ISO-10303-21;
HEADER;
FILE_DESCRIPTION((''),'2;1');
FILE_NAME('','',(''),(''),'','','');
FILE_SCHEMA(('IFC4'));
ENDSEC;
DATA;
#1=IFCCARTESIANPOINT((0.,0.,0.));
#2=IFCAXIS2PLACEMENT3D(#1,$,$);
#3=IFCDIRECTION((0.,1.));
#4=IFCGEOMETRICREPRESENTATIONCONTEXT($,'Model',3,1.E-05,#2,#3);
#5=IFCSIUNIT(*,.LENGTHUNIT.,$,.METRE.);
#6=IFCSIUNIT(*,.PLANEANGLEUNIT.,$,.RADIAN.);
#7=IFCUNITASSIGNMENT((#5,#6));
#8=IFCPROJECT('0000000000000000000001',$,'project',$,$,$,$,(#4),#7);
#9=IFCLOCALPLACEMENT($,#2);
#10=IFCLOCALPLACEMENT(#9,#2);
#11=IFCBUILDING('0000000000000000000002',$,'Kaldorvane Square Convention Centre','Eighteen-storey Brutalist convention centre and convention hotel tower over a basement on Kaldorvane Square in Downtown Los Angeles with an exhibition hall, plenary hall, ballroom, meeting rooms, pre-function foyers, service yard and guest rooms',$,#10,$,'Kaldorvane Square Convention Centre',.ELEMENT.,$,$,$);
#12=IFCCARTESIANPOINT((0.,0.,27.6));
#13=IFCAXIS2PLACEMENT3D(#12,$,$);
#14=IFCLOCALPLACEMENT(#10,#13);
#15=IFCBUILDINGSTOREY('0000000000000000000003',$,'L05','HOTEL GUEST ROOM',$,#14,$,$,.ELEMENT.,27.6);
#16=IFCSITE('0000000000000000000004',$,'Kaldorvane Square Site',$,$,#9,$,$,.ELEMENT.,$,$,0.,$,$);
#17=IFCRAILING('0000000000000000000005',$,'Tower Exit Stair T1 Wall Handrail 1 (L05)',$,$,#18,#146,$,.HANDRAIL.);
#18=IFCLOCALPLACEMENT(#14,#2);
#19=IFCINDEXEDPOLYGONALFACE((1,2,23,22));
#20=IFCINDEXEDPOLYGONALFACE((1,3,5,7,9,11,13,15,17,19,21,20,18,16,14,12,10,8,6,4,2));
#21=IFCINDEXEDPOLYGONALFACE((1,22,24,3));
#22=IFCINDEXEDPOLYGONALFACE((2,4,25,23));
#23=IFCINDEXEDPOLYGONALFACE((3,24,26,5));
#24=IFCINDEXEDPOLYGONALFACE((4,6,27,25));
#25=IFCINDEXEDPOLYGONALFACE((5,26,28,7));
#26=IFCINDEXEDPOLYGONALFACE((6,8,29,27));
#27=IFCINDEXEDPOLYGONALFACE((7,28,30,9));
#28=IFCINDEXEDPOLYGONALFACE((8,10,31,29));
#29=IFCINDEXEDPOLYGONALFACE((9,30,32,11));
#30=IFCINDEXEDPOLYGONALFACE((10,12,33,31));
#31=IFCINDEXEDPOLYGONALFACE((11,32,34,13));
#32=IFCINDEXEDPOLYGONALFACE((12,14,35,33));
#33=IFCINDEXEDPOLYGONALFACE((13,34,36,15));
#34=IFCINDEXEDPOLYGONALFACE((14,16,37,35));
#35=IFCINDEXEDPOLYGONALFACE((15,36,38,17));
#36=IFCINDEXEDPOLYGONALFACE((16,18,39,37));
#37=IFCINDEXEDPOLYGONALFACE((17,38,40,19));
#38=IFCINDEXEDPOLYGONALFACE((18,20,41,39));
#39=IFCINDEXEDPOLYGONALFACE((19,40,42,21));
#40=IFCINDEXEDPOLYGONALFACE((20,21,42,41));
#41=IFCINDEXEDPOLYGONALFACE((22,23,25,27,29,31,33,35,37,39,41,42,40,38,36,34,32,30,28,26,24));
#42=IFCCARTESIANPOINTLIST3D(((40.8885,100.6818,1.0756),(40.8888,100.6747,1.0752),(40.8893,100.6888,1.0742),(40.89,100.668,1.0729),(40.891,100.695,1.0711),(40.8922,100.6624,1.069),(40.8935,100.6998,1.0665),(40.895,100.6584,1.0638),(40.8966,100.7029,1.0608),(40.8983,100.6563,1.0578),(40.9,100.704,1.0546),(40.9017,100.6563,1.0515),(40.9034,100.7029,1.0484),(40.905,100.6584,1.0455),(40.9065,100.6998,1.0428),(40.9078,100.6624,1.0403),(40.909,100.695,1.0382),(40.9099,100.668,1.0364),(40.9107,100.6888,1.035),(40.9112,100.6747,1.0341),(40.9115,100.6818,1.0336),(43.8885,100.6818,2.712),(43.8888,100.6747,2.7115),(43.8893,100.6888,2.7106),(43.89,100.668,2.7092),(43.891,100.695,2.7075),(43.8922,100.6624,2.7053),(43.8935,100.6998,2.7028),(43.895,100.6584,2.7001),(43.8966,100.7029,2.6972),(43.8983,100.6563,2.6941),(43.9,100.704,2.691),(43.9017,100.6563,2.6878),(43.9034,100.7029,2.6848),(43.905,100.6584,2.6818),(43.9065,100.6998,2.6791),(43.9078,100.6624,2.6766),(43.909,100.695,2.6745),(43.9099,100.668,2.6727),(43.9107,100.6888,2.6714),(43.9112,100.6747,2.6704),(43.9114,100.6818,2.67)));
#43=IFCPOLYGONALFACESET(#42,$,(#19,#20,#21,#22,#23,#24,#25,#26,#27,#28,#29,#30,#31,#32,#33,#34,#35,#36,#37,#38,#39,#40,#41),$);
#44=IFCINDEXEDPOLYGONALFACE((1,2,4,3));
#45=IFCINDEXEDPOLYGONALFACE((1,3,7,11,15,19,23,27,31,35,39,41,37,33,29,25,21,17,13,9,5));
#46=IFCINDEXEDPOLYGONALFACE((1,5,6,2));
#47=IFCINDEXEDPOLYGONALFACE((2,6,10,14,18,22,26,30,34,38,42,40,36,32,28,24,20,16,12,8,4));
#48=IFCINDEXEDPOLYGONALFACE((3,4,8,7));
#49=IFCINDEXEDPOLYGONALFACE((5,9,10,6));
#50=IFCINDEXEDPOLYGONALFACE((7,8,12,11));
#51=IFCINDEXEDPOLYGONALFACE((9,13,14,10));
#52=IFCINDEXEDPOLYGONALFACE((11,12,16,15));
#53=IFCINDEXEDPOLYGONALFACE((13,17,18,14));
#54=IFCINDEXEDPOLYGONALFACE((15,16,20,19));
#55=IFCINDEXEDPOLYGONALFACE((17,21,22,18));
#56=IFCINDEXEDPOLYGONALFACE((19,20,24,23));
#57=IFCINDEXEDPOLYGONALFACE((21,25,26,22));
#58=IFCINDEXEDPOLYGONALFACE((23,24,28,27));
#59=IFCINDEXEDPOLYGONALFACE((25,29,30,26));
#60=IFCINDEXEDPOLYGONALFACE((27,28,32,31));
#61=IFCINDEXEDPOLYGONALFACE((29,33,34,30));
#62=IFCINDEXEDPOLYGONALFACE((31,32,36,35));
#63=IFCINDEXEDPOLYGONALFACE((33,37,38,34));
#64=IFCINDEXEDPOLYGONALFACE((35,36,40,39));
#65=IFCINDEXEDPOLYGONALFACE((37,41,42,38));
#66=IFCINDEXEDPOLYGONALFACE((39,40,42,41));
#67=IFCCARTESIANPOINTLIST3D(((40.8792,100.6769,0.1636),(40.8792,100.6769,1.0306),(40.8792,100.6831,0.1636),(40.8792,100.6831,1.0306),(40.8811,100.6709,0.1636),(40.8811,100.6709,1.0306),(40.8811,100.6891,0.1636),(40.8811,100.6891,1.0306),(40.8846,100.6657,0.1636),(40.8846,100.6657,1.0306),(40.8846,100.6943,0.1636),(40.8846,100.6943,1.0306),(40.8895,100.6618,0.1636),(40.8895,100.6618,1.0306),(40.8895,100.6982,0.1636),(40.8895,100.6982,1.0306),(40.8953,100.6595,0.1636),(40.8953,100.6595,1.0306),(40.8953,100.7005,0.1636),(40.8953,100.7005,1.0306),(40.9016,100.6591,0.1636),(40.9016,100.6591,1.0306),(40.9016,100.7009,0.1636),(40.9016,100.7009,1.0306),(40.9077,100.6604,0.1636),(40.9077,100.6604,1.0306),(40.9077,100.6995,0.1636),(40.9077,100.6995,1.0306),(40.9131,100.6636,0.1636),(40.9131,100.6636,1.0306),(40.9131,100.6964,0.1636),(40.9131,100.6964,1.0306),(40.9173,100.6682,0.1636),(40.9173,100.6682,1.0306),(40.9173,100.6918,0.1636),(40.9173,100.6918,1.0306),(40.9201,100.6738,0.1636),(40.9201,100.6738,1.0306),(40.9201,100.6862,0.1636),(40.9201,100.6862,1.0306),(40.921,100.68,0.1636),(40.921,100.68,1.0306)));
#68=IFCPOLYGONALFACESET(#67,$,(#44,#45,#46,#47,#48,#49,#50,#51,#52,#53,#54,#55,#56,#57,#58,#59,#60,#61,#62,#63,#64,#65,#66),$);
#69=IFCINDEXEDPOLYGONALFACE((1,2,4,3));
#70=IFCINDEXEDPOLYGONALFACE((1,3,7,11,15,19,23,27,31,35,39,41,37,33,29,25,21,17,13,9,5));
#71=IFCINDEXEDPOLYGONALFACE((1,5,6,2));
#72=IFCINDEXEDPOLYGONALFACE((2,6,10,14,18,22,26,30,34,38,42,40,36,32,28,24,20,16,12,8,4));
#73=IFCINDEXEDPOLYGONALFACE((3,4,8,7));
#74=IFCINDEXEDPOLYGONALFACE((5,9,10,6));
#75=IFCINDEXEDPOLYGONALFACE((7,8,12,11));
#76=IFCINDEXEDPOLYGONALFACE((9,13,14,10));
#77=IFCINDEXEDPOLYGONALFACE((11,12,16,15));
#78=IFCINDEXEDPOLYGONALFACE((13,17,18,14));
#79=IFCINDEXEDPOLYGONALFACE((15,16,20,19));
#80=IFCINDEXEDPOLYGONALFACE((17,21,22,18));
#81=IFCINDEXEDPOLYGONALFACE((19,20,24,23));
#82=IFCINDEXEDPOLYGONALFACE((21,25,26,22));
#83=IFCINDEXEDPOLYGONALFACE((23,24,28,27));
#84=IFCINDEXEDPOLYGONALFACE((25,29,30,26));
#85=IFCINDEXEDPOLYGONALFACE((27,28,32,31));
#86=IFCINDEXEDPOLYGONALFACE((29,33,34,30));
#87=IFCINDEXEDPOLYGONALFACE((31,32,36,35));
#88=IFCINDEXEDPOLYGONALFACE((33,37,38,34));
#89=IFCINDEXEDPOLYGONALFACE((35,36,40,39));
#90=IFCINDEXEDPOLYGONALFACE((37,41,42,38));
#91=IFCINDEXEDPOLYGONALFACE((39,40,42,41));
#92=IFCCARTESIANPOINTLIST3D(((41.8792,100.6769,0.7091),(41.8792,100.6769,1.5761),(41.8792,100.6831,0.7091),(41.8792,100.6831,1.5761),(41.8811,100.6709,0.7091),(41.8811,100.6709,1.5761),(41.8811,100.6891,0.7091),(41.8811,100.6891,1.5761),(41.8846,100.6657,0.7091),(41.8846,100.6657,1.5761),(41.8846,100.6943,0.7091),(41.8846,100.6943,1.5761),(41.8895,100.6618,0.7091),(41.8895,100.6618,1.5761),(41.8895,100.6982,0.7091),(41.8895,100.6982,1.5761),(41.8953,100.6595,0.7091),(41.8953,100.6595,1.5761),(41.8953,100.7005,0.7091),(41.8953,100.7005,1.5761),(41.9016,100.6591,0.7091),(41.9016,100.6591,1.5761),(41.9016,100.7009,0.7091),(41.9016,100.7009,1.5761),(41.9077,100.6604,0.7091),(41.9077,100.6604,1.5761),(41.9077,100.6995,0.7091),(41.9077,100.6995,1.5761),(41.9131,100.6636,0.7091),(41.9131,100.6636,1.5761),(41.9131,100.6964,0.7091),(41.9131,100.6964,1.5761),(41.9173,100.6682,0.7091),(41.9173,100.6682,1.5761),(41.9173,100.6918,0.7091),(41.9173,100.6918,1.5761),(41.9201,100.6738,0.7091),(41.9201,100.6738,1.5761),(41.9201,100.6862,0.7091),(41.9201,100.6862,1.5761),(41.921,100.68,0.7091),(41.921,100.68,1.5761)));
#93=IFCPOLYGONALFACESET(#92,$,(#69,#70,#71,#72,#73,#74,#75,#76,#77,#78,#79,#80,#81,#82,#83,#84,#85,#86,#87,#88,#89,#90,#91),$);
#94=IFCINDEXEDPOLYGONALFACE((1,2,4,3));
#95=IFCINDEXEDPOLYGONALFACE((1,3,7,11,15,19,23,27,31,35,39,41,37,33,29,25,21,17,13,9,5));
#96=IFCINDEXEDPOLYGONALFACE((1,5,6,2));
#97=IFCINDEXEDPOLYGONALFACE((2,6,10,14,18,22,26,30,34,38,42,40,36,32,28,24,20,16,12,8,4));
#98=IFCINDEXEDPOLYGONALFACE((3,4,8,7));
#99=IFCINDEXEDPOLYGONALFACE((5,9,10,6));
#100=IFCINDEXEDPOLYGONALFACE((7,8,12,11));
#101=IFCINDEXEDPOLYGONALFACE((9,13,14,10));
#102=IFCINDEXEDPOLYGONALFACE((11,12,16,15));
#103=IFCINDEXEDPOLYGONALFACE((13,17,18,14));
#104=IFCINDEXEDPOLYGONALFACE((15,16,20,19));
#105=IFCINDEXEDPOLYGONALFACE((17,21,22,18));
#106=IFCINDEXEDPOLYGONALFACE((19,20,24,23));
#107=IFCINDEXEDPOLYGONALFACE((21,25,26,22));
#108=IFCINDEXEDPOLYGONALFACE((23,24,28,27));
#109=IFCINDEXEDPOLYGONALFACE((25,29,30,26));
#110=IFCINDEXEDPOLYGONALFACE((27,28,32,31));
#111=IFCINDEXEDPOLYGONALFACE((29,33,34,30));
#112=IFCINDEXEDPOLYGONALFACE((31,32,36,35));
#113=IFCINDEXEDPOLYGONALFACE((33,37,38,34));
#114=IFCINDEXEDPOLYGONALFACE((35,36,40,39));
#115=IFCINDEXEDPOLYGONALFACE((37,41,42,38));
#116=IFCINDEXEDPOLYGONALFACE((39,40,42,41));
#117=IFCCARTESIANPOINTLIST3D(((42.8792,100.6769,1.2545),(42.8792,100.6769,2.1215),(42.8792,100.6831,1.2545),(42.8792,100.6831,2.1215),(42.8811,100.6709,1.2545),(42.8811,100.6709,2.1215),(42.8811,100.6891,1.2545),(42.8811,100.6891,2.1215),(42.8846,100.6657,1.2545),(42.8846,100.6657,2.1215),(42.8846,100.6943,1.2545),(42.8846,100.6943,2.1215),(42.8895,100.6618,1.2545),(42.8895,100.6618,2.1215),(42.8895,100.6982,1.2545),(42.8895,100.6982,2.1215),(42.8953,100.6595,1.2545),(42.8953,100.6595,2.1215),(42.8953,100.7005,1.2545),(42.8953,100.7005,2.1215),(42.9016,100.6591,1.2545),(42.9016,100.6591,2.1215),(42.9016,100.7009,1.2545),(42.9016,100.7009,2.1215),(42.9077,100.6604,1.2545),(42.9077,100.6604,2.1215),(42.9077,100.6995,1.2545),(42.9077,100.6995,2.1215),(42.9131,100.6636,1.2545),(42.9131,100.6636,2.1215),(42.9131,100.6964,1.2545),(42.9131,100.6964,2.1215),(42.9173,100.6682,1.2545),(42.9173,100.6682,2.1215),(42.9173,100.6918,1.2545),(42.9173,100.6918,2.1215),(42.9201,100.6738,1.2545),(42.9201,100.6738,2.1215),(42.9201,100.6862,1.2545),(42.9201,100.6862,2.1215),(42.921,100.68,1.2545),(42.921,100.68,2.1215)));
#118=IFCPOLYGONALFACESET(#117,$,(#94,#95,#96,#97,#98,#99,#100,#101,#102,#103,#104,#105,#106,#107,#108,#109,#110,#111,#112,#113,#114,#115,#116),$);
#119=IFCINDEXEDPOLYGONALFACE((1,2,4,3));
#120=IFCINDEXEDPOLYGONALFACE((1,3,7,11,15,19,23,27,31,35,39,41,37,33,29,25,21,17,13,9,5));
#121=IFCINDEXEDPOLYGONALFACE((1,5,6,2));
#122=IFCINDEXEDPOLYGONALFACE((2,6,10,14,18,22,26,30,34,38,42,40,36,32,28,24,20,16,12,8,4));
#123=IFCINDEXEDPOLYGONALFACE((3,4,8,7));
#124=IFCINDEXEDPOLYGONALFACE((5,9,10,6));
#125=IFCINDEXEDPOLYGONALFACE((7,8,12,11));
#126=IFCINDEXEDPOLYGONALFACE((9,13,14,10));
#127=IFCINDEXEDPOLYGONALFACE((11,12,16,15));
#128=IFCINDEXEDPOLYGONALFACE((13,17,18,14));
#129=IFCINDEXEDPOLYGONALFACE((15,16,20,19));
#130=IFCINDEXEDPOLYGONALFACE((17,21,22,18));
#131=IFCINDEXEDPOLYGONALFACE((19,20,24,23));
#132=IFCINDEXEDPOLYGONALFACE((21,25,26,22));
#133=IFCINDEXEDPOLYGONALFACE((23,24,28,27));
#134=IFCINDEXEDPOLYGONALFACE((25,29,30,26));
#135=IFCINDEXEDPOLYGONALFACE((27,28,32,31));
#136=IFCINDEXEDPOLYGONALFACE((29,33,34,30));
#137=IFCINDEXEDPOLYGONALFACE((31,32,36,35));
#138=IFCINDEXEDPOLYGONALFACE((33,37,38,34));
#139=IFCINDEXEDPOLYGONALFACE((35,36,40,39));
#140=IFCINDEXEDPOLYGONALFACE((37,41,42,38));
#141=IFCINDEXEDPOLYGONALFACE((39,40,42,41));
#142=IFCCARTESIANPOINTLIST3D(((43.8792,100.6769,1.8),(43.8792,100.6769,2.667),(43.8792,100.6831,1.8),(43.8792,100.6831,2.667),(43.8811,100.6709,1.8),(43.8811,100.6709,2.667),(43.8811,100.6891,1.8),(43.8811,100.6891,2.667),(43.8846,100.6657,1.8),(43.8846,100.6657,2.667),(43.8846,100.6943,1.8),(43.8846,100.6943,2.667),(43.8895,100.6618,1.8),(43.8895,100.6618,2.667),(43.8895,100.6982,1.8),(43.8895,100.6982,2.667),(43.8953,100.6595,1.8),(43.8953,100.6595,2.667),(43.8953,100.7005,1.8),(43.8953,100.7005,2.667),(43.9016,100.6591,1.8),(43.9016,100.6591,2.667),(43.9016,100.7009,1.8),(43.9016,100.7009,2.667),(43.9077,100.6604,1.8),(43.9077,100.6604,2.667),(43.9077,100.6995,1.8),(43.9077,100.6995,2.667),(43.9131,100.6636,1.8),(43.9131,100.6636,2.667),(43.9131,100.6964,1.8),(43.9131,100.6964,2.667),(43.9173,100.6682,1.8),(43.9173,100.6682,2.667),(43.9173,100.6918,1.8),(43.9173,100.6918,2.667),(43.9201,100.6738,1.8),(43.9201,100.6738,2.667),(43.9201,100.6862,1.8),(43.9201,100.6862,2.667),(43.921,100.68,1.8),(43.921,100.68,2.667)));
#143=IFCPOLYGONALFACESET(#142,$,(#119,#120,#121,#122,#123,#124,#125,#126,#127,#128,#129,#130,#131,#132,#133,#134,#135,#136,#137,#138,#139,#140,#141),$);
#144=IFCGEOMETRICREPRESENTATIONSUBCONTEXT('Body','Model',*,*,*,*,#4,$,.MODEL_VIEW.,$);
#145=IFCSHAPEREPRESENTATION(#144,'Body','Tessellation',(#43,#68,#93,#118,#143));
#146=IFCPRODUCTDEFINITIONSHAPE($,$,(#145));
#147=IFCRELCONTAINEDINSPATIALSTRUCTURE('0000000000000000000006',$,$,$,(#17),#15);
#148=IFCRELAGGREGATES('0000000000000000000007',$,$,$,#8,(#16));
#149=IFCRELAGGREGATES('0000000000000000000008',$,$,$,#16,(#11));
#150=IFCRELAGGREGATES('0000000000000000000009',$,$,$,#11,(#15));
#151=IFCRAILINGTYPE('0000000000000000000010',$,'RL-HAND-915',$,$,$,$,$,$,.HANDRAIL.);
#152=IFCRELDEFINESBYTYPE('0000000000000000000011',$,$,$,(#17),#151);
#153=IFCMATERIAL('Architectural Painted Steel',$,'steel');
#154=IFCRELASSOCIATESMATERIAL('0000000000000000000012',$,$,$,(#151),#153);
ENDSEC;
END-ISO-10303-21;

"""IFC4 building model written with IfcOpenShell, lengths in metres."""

from ifc_helpers import new_model, si_unit, direction, frame, origin, origin_2d, place, context, subcontext, project, spatial, circle, extrude, material, type_object, element, save


model = new_model("IFC4")

# Units and contexts
model_context = context("Model", 3, precision=1e-05, world=origin(), true_north=direction((0.0, 1.0)))
body_context = subcontext(model_context, "Body", "Model", "MODEL_VIEW")
ifc_project = project(units=[si_unit("LENGTHUNIT", "METRE"), si_unit("PLANEANGLEUNIT", "RADIAN")], contexts=[model_context])

# Site, building, storey
site_placement = place(None, origin())
site = spatial("IfcSite", under=ifc_project, at=site_placement, Name="Kaldorvane Square Site", CompositionType="ELEMENT", RefElevation=0.0)
building_placement = place(site_placement, origin())
building = spatial("IfcBuilding", under=site, at=building_placement, Name="Kaldorvane Square Convention Centre", Description="Eighteen-storey Brutalist convention centre and convention hotel tower over a basement on Kaldorvane Square in Downtown Los Angeles with an exhibition hall, plenary hall, ballroom, meeting rooms, pre-function foyers, service yard and guest rooms", LongName="Kaldorvane Square Convention Centre", CompositionType="ELEMENT")
storey_placement = place(building_placement, frame((0.0, 0.0, 27.6)))
storey = spatial("IfcBuildingStorey", under=building, at=storey_placement, Name="L05", Description="HOTEL GUEST ROOM", CompositionType="ELEMENT", Elevation=27.6)

# Railing
ifc_material_1 = material(Name="Architectural Painted Steel", Category="steel")
railing_type_1 = type_object("IfcRailingType", Name="RL-HAND-915", PredefinedType="HANDRAIL", material=ifc_material_1)
for number, where, name in (
    (1, (40.9, 100.68, 0.1636), "Tower Exit Stair T1 Wall Handrail 1 (L05)"),
):
    element("IfcRailing", number, at=place(storey_placement, frame(where)), inside=storey, type_object=railing_type_1, Name=name, PredefinedType="HANDRAIL", context=body_context, shape_type="SweptSolid", body=[
        extrude(circle(Radius=0.024, at=origin_2d()), frame((0.0, 0.0, 0.891), z_axis=(0.877897, 0.0, 0.47885), x_axis=(0.0, 1.0, 0.0)), (0.0, 0.0, 1.0), 3.4173),
        extrude(circle(Radius=0.021, at=origin_2d()), origin(), (0.0, 0.0, 1.0), 0.867),
        extrude(circle(Radius=0.021, at=origin_2d()), frame((1.0, 0.0, 0.5455)), (0.0, 0.0, 1.0), 0.867),
        extrude(circle(Radius=0.021, at=origin_2d()), frame((2.0, 0.0, 1.0909)), (0.0, 0.0, 1.0), 0.867),
        extrude(circle(Radius=0.021, at=origin_2d()), frame((3.0, 0.0, 1.6364)), (0.0, 0.0, 1.0), 0.867),
    ])

save(model, "model.ifc")
